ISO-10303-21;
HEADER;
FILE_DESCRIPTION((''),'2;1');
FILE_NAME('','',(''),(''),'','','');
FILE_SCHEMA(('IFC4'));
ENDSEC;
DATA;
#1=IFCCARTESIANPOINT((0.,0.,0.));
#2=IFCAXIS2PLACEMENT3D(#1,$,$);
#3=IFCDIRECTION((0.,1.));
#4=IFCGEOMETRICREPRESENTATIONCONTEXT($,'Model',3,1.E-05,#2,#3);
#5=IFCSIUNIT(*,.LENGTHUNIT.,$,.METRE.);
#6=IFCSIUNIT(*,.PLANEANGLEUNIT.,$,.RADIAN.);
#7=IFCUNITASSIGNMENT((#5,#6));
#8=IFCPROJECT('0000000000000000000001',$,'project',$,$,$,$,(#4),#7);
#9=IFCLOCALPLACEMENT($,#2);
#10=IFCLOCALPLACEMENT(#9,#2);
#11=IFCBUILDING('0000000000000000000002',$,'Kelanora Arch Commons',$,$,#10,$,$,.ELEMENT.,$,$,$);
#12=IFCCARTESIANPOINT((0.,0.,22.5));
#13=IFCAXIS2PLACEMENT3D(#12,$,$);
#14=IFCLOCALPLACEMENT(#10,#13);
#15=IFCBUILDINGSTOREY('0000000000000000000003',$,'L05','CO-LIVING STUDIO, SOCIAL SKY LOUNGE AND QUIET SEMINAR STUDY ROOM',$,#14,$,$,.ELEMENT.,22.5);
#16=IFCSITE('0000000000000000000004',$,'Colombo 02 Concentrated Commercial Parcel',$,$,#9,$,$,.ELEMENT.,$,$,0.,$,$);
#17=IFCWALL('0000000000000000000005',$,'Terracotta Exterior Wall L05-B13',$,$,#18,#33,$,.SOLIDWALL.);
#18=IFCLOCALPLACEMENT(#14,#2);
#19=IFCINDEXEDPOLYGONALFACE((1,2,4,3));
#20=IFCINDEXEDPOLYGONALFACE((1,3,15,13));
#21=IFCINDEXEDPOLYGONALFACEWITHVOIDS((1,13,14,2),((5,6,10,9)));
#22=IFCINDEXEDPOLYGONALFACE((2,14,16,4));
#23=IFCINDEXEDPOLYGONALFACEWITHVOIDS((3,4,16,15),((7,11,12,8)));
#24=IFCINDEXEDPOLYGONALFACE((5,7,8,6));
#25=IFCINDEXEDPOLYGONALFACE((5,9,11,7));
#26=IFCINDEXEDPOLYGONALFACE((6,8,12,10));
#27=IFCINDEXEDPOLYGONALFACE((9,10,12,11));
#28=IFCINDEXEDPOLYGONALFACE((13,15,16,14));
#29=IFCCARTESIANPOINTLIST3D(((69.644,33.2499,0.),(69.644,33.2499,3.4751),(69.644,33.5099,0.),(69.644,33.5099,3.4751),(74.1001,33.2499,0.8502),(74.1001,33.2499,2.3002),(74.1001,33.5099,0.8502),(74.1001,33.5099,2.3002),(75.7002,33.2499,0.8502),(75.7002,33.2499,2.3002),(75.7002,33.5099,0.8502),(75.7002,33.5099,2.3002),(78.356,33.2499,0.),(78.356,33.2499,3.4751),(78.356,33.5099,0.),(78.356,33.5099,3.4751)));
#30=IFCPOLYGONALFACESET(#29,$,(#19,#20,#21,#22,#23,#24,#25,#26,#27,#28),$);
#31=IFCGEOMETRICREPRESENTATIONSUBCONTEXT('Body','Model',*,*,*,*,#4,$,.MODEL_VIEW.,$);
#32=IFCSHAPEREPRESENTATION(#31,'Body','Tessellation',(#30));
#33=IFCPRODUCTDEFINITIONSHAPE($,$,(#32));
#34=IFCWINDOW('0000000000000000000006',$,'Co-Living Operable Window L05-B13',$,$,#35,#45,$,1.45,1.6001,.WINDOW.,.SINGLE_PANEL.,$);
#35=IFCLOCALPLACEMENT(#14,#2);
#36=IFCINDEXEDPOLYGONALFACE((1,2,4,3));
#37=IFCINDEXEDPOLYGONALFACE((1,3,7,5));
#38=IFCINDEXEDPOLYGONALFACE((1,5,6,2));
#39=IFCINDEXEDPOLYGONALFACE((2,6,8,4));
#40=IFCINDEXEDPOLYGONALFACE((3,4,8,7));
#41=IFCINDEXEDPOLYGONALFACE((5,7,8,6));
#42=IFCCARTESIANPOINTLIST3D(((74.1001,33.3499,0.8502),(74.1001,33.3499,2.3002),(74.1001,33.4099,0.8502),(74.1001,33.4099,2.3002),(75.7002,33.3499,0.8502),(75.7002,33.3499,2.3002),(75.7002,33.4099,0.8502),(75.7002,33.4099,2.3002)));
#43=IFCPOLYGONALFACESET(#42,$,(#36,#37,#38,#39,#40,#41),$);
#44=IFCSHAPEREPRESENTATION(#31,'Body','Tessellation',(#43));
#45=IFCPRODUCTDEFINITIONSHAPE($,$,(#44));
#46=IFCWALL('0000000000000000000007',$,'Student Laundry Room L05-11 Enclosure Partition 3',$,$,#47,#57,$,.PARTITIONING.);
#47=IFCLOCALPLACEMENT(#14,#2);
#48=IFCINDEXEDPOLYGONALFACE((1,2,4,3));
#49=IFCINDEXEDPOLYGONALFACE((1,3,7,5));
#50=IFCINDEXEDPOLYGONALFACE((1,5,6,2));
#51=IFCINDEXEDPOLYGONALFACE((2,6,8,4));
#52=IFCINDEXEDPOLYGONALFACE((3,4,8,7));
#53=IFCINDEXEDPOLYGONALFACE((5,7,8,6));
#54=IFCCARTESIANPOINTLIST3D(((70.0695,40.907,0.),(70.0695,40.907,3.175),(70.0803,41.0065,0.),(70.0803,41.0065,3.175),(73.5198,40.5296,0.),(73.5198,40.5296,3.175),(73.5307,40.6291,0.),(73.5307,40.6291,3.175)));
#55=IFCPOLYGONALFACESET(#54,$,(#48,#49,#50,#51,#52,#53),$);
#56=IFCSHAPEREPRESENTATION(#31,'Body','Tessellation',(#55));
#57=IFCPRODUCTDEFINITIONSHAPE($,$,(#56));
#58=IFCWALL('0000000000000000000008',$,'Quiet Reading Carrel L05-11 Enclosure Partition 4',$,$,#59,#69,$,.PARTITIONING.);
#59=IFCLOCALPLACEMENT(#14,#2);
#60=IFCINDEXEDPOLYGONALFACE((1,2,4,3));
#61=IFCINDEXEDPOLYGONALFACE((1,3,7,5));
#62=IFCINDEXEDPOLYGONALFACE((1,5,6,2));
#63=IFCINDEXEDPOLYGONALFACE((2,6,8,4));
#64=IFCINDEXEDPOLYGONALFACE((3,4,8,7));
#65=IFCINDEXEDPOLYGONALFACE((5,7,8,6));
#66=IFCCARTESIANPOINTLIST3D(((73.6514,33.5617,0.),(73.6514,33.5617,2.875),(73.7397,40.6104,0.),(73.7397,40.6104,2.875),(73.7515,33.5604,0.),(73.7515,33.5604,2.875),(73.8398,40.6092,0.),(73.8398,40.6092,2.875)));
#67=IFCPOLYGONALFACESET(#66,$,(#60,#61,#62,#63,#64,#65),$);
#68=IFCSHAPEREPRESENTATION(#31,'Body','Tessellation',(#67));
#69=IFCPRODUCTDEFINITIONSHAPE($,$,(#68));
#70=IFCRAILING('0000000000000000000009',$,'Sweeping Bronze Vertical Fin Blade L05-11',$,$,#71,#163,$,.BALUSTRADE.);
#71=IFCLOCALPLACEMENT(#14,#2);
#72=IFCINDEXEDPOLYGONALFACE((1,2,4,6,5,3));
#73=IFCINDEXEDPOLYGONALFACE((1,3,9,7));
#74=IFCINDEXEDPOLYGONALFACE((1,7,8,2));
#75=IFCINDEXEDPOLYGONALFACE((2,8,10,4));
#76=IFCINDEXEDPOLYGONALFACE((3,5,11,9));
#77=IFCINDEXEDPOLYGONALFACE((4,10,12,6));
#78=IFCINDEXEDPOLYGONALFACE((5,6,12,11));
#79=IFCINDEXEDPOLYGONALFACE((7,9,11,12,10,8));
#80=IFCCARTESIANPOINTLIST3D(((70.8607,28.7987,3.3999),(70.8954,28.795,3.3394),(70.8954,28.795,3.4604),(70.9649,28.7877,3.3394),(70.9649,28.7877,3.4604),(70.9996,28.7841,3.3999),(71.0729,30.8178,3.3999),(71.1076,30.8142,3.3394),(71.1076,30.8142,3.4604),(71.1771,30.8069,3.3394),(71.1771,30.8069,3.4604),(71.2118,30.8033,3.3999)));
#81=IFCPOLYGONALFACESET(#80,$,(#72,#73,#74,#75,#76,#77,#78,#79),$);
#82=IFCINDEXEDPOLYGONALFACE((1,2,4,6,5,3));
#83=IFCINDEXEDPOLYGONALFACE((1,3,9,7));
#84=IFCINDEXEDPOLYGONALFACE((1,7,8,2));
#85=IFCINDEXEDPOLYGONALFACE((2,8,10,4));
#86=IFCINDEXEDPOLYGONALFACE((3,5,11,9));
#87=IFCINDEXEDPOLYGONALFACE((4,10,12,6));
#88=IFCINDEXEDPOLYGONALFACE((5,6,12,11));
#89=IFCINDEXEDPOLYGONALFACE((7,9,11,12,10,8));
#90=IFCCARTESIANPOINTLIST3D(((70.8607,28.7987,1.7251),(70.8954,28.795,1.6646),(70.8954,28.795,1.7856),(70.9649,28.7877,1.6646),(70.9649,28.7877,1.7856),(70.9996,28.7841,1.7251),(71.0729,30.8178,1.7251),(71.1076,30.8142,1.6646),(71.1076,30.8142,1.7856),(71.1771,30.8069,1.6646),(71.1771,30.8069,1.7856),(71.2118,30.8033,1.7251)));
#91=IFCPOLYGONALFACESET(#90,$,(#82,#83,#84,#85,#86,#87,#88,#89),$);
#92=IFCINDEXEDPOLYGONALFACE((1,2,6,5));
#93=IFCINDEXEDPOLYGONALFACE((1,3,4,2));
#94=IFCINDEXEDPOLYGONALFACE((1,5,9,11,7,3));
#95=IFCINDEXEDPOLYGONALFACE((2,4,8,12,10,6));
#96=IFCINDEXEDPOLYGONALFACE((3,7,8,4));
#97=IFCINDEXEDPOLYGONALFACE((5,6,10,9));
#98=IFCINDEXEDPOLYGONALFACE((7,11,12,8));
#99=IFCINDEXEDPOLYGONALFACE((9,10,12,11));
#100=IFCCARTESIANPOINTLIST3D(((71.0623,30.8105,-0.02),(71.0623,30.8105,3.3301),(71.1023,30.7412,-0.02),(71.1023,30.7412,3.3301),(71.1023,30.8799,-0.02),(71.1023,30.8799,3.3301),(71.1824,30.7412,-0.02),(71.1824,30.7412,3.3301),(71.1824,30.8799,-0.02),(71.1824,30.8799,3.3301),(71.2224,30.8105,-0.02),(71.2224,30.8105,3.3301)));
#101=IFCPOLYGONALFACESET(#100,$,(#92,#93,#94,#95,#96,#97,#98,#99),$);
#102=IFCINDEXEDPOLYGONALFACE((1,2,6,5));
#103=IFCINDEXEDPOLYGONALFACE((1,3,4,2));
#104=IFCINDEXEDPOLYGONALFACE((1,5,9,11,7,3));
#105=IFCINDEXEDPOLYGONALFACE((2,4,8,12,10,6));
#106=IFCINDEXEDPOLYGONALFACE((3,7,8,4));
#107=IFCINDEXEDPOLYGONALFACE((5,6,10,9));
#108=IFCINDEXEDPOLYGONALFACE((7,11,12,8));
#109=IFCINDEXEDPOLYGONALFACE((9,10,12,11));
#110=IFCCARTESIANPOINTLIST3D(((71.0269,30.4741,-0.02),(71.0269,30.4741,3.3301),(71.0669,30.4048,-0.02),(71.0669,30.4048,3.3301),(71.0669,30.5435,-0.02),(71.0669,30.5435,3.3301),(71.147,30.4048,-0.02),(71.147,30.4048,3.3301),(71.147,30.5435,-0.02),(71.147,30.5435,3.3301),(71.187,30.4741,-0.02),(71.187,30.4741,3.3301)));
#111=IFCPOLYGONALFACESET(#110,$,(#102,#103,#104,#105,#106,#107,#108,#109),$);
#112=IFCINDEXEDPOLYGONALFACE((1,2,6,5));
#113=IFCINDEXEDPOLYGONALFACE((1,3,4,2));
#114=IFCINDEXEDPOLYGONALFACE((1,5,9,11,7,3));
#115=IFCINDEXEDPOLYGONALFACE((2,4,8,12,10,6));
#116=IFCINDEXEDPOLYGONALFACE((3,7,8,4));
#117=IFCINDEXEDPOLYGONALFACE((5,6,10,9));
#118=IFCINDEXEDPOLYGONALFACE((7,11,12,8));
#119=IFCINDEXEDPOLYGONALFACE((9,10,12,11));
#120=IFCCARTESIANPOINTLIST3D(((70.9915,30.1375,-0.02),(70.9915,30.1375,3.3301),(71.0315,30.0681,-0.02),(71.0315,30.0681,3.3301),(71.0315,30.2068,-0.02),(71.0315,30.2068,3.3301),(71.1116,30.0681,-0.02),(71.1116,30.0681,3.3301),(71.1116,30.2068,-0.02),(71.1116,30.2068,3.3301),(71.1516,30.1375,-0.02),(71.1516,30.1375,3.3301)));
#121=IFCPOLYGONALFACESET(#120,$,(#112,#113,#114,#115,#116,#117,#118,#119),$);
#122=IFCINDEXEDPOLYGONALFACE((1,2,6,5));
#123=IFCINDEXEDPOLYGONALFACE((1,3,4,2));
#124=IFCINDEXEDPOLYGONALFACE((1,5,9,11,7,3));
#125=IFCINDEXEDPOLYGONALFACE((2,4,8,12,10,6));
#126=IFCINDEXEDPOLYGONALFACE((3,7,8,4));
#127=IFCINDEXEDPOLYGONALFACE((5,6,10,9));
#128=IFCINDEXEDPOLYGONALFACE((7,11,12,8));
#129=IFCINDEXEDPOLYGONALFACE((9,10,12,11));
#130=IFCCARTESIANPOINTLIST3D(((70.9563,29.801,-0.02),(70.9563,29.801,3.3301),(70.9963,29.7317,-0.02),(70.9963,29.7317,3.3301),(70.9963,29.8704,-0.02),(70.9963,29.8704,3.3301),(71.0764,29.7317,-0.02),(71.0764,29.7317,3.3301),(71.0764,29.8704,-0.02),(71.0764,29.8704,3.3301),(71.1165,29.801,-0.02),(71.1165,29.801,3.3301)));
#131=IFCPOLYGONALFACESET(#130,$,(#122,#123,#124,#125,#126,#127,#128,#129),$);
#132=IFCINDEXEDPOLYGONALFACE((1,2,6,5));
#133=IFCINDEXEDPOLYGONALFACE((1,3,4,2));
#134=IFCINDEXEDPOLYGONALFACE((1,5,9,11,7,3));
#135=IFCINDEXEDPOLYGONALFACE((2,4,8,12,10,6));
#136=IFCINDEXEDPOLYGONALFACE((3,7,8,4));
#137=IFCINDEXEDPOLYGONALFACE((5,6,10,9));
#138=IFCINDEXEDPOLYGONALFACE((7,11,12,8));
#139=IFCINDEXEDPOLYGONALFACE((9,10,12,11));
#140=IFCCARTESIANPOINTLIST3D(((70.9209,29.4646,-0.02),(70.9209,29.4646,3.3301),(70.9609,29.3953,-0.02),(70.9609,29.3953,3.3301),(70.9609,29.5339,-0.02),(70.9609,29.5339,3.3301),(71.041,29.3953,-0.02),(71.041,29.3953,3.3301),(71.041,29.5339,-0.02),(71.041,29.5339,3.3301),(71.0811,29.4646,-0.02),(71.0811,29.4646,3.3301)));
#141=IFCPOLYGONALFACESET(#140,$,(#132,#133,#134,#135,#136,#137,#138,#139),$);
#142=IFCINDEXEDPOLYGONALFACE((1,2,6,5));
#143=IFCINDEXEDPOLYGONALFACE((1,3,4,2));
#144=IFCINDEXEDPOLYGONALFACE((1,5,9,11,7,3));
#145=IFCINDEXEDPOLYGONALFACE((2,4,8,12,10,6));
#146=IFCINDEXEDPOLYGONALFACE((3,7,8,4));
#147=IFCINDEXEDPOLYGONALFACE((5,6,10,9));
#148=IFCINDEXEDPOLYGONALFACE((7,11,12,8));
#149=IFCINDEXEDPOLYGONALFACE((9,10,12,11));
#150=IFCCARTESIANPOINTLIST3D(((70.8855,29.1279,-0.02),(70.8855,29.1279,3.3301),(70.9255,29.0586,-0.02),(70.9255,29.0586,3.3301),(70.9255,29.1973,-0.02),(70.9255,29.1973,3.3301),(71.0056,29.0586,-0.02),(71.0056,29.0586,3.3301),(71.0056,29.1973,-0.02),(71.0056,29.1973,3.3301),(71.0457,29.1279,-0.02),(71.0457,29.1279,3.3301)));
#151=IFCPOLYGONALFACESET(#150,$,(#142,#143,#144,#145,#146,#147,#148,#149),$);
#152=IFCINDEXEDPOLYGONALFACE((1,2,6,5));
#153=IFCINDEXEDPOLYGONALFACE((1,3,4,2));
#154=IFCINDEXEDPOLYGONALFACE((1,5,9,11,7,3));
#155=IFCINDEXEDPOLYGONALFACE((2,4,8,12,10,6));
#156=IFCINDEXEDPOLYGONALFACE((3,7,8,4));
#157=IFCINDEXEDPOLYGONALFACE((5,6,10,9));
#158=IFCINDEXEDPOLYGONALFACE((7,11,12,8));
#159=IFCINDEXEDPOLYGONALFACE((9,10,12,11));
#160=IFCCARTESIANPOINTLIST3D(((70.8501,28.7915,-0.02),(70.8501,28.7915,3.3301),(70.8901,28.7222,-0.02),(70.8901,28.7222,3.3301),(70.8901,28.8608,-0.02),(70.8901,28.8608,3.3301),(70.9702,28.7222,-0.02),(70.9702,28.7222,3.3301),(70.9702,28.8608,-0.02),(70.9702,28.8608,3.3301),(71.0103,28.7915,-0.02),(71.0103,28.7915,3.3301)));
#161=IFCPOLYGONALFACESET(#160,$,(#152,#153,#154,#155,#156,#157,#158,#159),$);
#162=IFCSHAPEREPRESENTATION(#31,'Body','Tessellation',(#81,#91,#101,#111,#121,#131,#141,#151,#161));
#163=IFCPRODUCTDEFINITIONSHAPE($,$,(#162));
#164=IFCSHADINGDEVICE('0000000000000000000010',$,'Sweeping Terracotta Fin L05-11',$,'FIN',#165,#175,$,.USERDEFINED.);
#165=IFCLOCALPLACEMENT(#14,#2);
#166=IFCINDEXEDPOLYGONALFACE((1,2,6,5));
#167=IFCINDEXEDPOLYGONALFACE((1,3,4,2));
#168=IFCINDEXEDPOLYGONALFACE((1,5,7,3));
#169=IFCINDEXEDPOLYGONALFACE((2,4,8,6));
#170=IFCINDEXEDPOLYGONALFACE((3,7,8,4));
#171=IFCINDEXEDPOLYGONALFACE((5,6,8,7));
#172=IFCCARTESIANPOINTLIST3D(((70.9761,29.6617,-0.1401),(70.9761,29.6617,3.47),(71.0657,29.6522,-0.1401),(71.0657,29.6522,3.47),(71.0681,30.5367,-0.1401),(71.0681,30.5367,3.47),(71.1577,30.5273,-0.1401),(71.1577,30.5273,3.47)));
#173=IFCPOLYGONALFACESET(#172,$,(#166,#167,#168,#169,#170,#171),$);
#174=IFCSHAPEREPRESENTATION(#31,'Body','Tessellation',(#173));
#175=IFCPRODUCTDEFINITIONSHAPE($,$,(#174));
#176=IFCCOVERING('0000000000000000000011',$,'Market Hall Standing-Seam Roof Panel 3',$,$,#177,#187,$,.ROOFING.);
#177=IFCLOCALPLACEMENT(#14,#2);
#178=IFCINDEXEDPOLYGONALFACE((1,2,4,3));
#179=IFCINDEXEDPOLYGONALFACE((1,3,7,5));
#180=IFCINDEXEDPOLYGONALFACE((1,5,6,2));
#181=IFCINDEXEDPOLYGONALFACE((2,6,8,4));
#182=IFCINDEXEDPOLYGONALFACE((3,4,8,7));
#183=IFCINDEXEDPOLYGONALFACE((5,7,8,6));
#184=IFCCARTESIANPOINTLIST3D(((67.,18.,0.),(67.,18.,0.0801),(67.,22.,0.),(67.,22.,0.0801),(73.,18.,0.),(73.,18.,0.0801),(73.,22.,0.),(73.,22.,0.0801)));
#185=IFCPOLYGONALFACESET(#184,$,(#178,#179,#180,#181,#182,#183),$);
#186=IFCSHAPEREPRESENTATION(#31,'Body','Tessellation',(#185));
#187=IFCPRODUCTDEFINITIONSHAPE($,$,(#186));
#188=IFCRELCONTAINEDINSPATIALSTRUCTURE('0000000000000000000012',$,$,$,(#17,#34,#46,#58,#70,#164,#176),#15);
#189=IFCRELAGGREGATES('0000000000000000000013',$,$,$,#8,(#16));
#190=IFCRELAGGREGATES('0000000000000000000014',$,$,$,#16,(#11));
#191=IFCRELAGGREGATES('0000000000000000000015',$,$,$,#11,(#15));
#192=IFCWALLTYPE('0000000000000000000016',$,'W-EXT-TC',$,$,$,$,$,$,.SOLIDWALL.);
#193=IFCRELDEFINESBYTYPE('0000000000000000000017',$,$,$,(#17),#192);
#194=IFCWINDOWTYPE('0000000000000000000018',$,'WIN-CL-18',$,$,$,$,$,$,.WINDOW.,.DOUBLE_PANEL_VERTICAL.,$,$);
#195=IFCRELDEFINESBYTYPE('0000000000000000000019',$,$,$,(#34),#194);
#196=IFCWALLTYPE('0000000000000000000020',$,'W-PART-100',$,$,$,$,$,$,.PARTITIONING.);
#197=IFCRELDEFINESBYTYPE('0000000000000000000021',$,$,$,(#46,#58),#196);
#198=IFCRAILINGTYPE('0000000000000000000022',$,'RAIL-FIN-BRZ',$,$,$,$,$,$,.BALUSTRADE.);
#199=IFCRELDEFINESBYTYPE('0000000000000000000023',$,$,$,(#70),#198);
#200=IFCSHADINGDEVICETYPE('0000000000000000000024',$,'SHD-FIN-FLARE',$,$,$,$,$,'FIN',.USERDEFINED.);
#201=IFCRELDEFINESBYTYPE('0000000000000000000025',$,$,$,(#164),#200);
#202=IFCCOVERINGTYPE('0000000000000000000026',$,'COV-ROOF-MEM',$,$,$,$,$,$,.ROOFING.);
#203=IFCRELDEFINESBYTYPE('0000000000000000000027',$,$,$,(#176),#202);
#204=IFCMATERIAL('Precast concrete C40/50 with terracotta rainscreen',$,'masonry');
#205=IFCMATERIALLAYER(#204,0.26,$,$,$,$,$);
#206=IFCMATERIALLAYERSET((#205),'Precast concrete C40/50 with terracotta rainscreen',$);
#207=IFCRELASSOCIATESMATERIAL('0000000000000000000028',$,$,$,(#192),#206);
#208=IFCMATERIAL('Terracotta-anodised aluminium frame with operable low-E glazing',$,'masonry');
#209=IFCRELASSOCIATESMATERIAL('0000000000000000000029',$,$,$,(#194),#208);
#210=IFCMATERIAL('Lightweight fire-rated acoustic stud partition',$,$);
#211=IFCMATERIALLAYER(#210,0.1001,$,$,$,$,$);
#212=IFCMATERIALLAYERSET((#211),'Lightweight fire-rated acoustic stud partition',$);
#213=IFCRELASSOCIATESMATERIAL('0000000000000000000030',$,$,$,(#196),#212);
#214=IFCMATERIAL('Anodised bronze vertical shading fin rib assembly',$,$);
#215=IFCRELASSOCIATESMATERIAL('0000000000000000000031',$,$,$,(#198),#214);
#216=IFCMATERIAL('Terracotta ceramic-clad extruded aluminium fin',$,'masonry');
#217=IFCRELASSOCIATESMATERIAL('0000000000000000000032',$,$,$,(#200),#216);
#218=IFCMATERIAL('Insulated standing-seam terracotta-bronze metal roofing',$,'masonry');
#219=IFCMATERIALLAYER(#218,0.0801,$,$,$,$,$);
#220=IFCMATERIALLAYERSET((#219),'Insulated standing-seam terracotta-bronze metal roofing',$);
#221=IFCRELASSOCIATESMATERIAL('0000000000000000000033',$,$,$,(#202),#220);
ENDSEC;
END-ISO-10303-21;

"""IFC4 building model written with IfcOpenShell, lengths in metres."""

from ifc_helpers import new_model, si_unit, direction, frame, frame_2d, origin, origin_2d, place, context, subcontext, project, spatial, polyline, rectangle, outline, extrude, source, transform, mapped, material, layer, layer_set, type_object, element, fill, save


model = new_model("IFC4")

# Units and contexts
model_context = context("Model", 3, precision=1e-05, world=origin(), true_north=direction((0.0, 1.0)))
body_context = subcontext(model_context, "Body", "Model", "MODEL_VIEW")
ifc_project = project(units=[si_unit("LENGTHUNIT", "METRE"), si_unit("PLANEANGLEUNIT", "RADIAN")], contexts=[model_context])

# Site, building, storey
site_placement = place(None, origin())
site = spatial("IfcSite", under=ifc_project, at=site_placement, Name="Colombo 02 Concentrated Commercial Parcel", CompositionType="ELEMENT", RefElevation=0.0)
building_placement = place(site_placement, origin())
building = spatial("IfcBuilding", under=site, at=building_placement, Name="Kelanora Arch Commons", CompositionType="ELEMENT")
storey_placement = place(building_placement, frame((0.0, 0.0, 22.5)))
storey = spatial("IfcBuildingStorey", under=building, at=storey_placement, Name="L05", Description="CO-LIVING STUDIO, SOCIAL SKY LOUNGE AND QUIET SEMINAR STUDY ROOM", CompositionType="ELEMENT", Elevation=22.5)

# Wall, opening, window
ifc_material_1 = material(Name="Precast concrete C40/50 with terracotta rainscreen", Category="masonry")
ifc_layer_1 = layer(ifc_material_1, 0.26)
ifc_layer_set_1 = layer_set([ifc_layer_1], Name="Precast concrete C40/50 with terracotta rainscreen")
wall_type_1 = type_object("IfcWallType", Name="W-EXT-TC", PredefinedType="SOLIDWALL", material=ifc_layer_set_1)
ifc_material_2 = material(Name="Terracotta-anodised aluminium frame with operable low-E glazing", Category="masonry")
window_type = type_object("IfcWindowType", Name="WIN-CL-18", PartitioningType="DOUBLE_PANEL_VERTICAL", PredefinedType="WINDOW", material=ifc_material_2)
wall_1_placement = place(storey_placement, frame((69.644, 33.3799, 0.0), z_axis=(0.0, 0.0, 1.0), x_axis=(1.0, 0.0, 0.0)))
wall_1 = element("IfcWall", 1, at=wall_1_placement, inside=storey, type_object=wall_type_1, Name="Terracotta Exterior Wall L05-B13", PredefinedType="SOLIDWALL", context=body_context, shape_type="SweptSolid", body=[
    extrude(rectangle(XDim=8.7119, YDim=0.26, at=frame_2d((4.356, 0.0))), origin(), (0.0, 0.0, 1.0), 3.4751),
])
opening_1_placement = place(wall_1_placement, frame((4.4561, 0.0, 0.8501)))
opening_1 = element("IfcOpeningElement", 2, at=opening_1_placement, cuts=wall_1, PredefinedType="OPENING", context=body_context, shape_type="SweptSolid", body=[
    extrude(rectangle(XDim=1.6001, YDim=1.45, at=frame_2d((0.8, 0.7251))), frame((0.0, 0.1401, 0.0), z_axis=(0.0, -1.0, 0.0), x_axis=(1.0, 0.0, 0.0)), (0.0, 0.0, 1.0), 0.28),
])
window_1_placement = place(opening_1_placement, origin())
window_1 = element("IfcWindow", 3, at=window_1_placement, inside=storey, type_object=window_type, Name="Co-Living Operable Window L05-B13", OverallHeight=1.45, OverallWidth=1.6001, PartitioningType="SINGLE_PANEL", PredefinedType="WINDOW", context=body_context, shape_type="SweptSolid", body=[
    extrude(rectangle(XDim=1.6001, YDim=1.45, at=frame_2d((0.8, 0.7251))), frame((0.0, 0.03, 0.0), z_axis=(0.0, -1.0, 0.0), x_axis=(1.0, 0.0, 0.0)), (0.0, 0.0, 1.0), 0.0601),
])
fill(opening_1, window_1)

# Walls
ifc_material_3 = material(Name="Lightweight fire-rated acoustic stud partition")
ifc_layer_2 = layer(ifc_material_3, 0.1001)
ifc_layer_set_2 = layer_set([ifc_layer_2], Name="Lightweight fire-rated acoustic stud partition")
wall_type_2 = type_object("IfcWallType", Name="W-PART-100", PredefinedType="PARTITIONING", material=ifc_layer_set_2)
wall_2_placement = place(storey_placement, frame((73.5251, 40.5793, 0.0), z_axis=(0.0, 0.0, 1.0), x_axis=(-0.99407, 0.108741, 0.0)))
element("IfcWall", 4, at=wall_2_placement, inside=storey, type_object=wall_type_2, Name="Student Laundry Room L05-11 Enclosure Partition 3", PredefinedType="PARTITIONING", context=body_context, shape_type="SweptSolid", body=[
    extrude(rectangle(XDim=3.4709, YDim=0.1001, at=frame_2d((1.7354, 0.0))), origin(), (0.0, 0.0, 1.0), 3.175),
])
wall_3_placement = place(storey_placement, frame((73.7014, 33.561, 0.0), z_axis=(0.0, 0.0, 1.0), x_axis=(0.012537, 0.999921, 0.0)))
element("IfcWall", 5, at=wall_3_placement, inside=storey, type_object=wall_type_2, Name="Quiet Reading Carrel L05-11 Enclosure Partition 4", PredefinedType="PARTITIONING", context=body_context, shape_type="SweptSolid", body=[
    extrude(rectangle(XDim=7.0493, YDim=0.1001, at=frame_2d((3.5247, 0.0))), origin(), (0.0, 0.0, 1.0), 2.875),
])

# Railing
ifc_material_4 = material(Name="Anodised bronze vertical shading fin rib assembly")
railing_type = type_object("IfcRailingType", Name="RAIL-FIN-BRZ", PredefinedType="BALUSTRADE", material=ifc_material_4)
railing_placement = place(storey_placement, frame((71.1423, 30.8105, -0.02)))
element("IfcRailing", 6, at=railing_placement, inside=storey, type_object=railing_type, Name="Sweeping Bronze Vertical Fin Blade L05-11", PredefinedType="BALUSTRADE", context=body_context, shape_type="SweptSolid", body=[
    extrude(outline(polyline([(0.0698, 0.0), (0.0349, 0.0605), (-0.0349, 0.0605), (-0.0698, 0.0), (-0.0349, -0.0605), (0.0349, -0.0605), (0.0698, 0.0)])), frame((0.0, 0.0, 3.4199), z_axis=(-0.104503, -0.994525, 0.0), x_axis=(0.994525, -0.104503, 0.0)), (0.0, 0.0, 1.0), 2.0303),
    extrude(outline(polyline([(0.0698, 0.0), (0.0349, 0.0605), (-0.0349, 0.0605), (-0.0698, 0.0), (-0.0349, -0.0605), (0.0349, -0.0605), (0.0698, 0.0)])), frame((0.0, 0.0, 1.7451), z_axis=(-0.104503, -0.994525, 0.0), x_axis=(0.994525, -0.104503, 0.0)), (0.0, 0.0, 1.0), 2.0303),
    extrude(outline(polyline([(0.0801, 0.0), (0.04, 0.0693), (-0.04, 0.0693), (-0.0801, 0.0), (-0.04, -0.0693), (0.04, -0.0693), (0.0801, 0.0)])), origin(), (0.0, 0.0, 1.0), 3.3501),
    extrude(outline(polyline([(0.0801, 0.0), (0.04, 0.0693), (-0.04, 0.0693), (-0.0801, 0.0), (-0.04, -0.0693), (0.04, -0.0693), (0.0801, 0.0)])), frame((-0.0354, -0.3364, 0.0)), (0.0, 0.0, 1.0), 3.3501),
    extrude(outline(polyline([(0.0801, 0.0), (0.04, 0.0693), (-0.04, 0.0693), (-0.0801, 0.0), (-0.04, -0.0693), (0.04, -0.0693), (0.0801, 0.0)])), frame((-0.0708, -0.6731, 0.0)), (0.0, 0.0, 1.0), 3.3501),
    extrude(outline(polyline([(0.0801, 0.0), (0.04, 0.0693), (-0.04, 0.0693), (-0.0801, 0.0), (-0.04, -0.0693), (0.04, -0.0693), (0.0801, 0.0)])), frame((-0.106, -1.0095, 0.0)), (0.0, 0.0, 1.0), 3.3501),
    extrude(outline(polyline([(0.0801, 0.0), (0.04, 0.0693), (-0.04, 0.0693), (-0.0801, 0.0), (-0.04, -0.0693), (0.04, -0.0693), (0.0801, 0.0)])), frame((-0.1414, -1.3459, 0.0)), (0.0, 0.0, 1.0), 3.3501),
    extrude(outline(polyline([(0.0801, 0.0), (0.04, 0.0693), (-0.04, 0.0693), (-0.0801, 0.0), (-0.04, -0.0693), (0.04, -0.0693), (0.0801, 0.0)])), frame((-0.1768, -1.6826, 0.0)), (0.0, 0.0, 1.0), 3.3501),
    extrude(outline(polyline([(0.0801, 0.0), (0.04, 0.0693), (-0.04, 0.0693), (-0.0801, 0.0), (-0.04, -0.0693), (0.04, -0.0693), (0.0801, 0.0)])), frame((-0.2122, -2.019, 0.0)), (0.0, 0.0, 1.0), 3.3501),
])

# Shading device
ifc_material_5 = material(Name="Terracotta ceramic-clad extruded aluminium fin", Category="masonry")
shading_device_type = type_object("IfcShadingDeviceType", Name="SHD-FIN-FLARE", ElementType="FIN", PredefinedType="USERDEFINED", material=ifc_material_5)
shared_shape_1 = source(origin(), body_context, "Body", "SweptSolid", [
    extrude(rectangle(XDim=0.8799, YDim=0.0901, at=origin_2d()), origin(), (0.0, 0.0, 1.0), 3.6101),
])
shading_device_placement = place(storey_placement, frame((71.0669, 30.0945, -0.1401), z_axis=(0.0, 0.0, 1.0), x_axis=(-0.104528, -0.994522, 0.0)))
element("IfcShadingDevice", 7, at=shading_device_placement, inside=storey, type_object=shading_device_type, Name="Sweeping Terracotta Fin L05-11", ObjectType="FIN", PredefinedType="USERDEFINED", context=body_context, shape_type="MappedRepresentation", body=[
    mapped(shared_shape_1, transform((0.0, 0.0, 0.0), scale=1.0)),
])

# Covering
ifc_material_6 = material(Name="Insulated standing-seam terracotta-bronze metal roofing", Category="masonry")
ifc_layer_3 = layer(ifc_material_6, 0.0801)
ifc_layer_set_3 = layer_set([ifc_layer_3], Name="Insulated standing-seam terracotta-bronze metal roofing")
covering_type = type_object("IfcCoveringType", Name="COV-ROOF-MEM", PredefinedType="ROOFING", material=ifc_layer_set_3)
shared_shape_2 = source(origin(), body_context, "Body", "SweptSolid", [
    extrude(rectangle(XDim=6.0, YDim=4.0, at=origin_2d()), origin(), (0.0, 0.0, 1.0), 0.0801),
])
covering_placement = place(storey_placement, frame((70.0, 20.0, 0.0), z_axis=(0.0, 0.0, 1.0), x_axis=(1.0, 0.0, 0.0)))
element("IfcCovering", 8, at=covering_placement, inside=storey, type_object=covering_type, Name="Market Hall Standing-Seam Roof Panel 3", PredefinedType="ROOFING", context=body_context, shape_type="MappedRepresentation", body=[
    mapped(shared_shape_2, transform((0.0, 0.0, 0.0), scale=1.0)),
])

save(model, "model.ifc")
